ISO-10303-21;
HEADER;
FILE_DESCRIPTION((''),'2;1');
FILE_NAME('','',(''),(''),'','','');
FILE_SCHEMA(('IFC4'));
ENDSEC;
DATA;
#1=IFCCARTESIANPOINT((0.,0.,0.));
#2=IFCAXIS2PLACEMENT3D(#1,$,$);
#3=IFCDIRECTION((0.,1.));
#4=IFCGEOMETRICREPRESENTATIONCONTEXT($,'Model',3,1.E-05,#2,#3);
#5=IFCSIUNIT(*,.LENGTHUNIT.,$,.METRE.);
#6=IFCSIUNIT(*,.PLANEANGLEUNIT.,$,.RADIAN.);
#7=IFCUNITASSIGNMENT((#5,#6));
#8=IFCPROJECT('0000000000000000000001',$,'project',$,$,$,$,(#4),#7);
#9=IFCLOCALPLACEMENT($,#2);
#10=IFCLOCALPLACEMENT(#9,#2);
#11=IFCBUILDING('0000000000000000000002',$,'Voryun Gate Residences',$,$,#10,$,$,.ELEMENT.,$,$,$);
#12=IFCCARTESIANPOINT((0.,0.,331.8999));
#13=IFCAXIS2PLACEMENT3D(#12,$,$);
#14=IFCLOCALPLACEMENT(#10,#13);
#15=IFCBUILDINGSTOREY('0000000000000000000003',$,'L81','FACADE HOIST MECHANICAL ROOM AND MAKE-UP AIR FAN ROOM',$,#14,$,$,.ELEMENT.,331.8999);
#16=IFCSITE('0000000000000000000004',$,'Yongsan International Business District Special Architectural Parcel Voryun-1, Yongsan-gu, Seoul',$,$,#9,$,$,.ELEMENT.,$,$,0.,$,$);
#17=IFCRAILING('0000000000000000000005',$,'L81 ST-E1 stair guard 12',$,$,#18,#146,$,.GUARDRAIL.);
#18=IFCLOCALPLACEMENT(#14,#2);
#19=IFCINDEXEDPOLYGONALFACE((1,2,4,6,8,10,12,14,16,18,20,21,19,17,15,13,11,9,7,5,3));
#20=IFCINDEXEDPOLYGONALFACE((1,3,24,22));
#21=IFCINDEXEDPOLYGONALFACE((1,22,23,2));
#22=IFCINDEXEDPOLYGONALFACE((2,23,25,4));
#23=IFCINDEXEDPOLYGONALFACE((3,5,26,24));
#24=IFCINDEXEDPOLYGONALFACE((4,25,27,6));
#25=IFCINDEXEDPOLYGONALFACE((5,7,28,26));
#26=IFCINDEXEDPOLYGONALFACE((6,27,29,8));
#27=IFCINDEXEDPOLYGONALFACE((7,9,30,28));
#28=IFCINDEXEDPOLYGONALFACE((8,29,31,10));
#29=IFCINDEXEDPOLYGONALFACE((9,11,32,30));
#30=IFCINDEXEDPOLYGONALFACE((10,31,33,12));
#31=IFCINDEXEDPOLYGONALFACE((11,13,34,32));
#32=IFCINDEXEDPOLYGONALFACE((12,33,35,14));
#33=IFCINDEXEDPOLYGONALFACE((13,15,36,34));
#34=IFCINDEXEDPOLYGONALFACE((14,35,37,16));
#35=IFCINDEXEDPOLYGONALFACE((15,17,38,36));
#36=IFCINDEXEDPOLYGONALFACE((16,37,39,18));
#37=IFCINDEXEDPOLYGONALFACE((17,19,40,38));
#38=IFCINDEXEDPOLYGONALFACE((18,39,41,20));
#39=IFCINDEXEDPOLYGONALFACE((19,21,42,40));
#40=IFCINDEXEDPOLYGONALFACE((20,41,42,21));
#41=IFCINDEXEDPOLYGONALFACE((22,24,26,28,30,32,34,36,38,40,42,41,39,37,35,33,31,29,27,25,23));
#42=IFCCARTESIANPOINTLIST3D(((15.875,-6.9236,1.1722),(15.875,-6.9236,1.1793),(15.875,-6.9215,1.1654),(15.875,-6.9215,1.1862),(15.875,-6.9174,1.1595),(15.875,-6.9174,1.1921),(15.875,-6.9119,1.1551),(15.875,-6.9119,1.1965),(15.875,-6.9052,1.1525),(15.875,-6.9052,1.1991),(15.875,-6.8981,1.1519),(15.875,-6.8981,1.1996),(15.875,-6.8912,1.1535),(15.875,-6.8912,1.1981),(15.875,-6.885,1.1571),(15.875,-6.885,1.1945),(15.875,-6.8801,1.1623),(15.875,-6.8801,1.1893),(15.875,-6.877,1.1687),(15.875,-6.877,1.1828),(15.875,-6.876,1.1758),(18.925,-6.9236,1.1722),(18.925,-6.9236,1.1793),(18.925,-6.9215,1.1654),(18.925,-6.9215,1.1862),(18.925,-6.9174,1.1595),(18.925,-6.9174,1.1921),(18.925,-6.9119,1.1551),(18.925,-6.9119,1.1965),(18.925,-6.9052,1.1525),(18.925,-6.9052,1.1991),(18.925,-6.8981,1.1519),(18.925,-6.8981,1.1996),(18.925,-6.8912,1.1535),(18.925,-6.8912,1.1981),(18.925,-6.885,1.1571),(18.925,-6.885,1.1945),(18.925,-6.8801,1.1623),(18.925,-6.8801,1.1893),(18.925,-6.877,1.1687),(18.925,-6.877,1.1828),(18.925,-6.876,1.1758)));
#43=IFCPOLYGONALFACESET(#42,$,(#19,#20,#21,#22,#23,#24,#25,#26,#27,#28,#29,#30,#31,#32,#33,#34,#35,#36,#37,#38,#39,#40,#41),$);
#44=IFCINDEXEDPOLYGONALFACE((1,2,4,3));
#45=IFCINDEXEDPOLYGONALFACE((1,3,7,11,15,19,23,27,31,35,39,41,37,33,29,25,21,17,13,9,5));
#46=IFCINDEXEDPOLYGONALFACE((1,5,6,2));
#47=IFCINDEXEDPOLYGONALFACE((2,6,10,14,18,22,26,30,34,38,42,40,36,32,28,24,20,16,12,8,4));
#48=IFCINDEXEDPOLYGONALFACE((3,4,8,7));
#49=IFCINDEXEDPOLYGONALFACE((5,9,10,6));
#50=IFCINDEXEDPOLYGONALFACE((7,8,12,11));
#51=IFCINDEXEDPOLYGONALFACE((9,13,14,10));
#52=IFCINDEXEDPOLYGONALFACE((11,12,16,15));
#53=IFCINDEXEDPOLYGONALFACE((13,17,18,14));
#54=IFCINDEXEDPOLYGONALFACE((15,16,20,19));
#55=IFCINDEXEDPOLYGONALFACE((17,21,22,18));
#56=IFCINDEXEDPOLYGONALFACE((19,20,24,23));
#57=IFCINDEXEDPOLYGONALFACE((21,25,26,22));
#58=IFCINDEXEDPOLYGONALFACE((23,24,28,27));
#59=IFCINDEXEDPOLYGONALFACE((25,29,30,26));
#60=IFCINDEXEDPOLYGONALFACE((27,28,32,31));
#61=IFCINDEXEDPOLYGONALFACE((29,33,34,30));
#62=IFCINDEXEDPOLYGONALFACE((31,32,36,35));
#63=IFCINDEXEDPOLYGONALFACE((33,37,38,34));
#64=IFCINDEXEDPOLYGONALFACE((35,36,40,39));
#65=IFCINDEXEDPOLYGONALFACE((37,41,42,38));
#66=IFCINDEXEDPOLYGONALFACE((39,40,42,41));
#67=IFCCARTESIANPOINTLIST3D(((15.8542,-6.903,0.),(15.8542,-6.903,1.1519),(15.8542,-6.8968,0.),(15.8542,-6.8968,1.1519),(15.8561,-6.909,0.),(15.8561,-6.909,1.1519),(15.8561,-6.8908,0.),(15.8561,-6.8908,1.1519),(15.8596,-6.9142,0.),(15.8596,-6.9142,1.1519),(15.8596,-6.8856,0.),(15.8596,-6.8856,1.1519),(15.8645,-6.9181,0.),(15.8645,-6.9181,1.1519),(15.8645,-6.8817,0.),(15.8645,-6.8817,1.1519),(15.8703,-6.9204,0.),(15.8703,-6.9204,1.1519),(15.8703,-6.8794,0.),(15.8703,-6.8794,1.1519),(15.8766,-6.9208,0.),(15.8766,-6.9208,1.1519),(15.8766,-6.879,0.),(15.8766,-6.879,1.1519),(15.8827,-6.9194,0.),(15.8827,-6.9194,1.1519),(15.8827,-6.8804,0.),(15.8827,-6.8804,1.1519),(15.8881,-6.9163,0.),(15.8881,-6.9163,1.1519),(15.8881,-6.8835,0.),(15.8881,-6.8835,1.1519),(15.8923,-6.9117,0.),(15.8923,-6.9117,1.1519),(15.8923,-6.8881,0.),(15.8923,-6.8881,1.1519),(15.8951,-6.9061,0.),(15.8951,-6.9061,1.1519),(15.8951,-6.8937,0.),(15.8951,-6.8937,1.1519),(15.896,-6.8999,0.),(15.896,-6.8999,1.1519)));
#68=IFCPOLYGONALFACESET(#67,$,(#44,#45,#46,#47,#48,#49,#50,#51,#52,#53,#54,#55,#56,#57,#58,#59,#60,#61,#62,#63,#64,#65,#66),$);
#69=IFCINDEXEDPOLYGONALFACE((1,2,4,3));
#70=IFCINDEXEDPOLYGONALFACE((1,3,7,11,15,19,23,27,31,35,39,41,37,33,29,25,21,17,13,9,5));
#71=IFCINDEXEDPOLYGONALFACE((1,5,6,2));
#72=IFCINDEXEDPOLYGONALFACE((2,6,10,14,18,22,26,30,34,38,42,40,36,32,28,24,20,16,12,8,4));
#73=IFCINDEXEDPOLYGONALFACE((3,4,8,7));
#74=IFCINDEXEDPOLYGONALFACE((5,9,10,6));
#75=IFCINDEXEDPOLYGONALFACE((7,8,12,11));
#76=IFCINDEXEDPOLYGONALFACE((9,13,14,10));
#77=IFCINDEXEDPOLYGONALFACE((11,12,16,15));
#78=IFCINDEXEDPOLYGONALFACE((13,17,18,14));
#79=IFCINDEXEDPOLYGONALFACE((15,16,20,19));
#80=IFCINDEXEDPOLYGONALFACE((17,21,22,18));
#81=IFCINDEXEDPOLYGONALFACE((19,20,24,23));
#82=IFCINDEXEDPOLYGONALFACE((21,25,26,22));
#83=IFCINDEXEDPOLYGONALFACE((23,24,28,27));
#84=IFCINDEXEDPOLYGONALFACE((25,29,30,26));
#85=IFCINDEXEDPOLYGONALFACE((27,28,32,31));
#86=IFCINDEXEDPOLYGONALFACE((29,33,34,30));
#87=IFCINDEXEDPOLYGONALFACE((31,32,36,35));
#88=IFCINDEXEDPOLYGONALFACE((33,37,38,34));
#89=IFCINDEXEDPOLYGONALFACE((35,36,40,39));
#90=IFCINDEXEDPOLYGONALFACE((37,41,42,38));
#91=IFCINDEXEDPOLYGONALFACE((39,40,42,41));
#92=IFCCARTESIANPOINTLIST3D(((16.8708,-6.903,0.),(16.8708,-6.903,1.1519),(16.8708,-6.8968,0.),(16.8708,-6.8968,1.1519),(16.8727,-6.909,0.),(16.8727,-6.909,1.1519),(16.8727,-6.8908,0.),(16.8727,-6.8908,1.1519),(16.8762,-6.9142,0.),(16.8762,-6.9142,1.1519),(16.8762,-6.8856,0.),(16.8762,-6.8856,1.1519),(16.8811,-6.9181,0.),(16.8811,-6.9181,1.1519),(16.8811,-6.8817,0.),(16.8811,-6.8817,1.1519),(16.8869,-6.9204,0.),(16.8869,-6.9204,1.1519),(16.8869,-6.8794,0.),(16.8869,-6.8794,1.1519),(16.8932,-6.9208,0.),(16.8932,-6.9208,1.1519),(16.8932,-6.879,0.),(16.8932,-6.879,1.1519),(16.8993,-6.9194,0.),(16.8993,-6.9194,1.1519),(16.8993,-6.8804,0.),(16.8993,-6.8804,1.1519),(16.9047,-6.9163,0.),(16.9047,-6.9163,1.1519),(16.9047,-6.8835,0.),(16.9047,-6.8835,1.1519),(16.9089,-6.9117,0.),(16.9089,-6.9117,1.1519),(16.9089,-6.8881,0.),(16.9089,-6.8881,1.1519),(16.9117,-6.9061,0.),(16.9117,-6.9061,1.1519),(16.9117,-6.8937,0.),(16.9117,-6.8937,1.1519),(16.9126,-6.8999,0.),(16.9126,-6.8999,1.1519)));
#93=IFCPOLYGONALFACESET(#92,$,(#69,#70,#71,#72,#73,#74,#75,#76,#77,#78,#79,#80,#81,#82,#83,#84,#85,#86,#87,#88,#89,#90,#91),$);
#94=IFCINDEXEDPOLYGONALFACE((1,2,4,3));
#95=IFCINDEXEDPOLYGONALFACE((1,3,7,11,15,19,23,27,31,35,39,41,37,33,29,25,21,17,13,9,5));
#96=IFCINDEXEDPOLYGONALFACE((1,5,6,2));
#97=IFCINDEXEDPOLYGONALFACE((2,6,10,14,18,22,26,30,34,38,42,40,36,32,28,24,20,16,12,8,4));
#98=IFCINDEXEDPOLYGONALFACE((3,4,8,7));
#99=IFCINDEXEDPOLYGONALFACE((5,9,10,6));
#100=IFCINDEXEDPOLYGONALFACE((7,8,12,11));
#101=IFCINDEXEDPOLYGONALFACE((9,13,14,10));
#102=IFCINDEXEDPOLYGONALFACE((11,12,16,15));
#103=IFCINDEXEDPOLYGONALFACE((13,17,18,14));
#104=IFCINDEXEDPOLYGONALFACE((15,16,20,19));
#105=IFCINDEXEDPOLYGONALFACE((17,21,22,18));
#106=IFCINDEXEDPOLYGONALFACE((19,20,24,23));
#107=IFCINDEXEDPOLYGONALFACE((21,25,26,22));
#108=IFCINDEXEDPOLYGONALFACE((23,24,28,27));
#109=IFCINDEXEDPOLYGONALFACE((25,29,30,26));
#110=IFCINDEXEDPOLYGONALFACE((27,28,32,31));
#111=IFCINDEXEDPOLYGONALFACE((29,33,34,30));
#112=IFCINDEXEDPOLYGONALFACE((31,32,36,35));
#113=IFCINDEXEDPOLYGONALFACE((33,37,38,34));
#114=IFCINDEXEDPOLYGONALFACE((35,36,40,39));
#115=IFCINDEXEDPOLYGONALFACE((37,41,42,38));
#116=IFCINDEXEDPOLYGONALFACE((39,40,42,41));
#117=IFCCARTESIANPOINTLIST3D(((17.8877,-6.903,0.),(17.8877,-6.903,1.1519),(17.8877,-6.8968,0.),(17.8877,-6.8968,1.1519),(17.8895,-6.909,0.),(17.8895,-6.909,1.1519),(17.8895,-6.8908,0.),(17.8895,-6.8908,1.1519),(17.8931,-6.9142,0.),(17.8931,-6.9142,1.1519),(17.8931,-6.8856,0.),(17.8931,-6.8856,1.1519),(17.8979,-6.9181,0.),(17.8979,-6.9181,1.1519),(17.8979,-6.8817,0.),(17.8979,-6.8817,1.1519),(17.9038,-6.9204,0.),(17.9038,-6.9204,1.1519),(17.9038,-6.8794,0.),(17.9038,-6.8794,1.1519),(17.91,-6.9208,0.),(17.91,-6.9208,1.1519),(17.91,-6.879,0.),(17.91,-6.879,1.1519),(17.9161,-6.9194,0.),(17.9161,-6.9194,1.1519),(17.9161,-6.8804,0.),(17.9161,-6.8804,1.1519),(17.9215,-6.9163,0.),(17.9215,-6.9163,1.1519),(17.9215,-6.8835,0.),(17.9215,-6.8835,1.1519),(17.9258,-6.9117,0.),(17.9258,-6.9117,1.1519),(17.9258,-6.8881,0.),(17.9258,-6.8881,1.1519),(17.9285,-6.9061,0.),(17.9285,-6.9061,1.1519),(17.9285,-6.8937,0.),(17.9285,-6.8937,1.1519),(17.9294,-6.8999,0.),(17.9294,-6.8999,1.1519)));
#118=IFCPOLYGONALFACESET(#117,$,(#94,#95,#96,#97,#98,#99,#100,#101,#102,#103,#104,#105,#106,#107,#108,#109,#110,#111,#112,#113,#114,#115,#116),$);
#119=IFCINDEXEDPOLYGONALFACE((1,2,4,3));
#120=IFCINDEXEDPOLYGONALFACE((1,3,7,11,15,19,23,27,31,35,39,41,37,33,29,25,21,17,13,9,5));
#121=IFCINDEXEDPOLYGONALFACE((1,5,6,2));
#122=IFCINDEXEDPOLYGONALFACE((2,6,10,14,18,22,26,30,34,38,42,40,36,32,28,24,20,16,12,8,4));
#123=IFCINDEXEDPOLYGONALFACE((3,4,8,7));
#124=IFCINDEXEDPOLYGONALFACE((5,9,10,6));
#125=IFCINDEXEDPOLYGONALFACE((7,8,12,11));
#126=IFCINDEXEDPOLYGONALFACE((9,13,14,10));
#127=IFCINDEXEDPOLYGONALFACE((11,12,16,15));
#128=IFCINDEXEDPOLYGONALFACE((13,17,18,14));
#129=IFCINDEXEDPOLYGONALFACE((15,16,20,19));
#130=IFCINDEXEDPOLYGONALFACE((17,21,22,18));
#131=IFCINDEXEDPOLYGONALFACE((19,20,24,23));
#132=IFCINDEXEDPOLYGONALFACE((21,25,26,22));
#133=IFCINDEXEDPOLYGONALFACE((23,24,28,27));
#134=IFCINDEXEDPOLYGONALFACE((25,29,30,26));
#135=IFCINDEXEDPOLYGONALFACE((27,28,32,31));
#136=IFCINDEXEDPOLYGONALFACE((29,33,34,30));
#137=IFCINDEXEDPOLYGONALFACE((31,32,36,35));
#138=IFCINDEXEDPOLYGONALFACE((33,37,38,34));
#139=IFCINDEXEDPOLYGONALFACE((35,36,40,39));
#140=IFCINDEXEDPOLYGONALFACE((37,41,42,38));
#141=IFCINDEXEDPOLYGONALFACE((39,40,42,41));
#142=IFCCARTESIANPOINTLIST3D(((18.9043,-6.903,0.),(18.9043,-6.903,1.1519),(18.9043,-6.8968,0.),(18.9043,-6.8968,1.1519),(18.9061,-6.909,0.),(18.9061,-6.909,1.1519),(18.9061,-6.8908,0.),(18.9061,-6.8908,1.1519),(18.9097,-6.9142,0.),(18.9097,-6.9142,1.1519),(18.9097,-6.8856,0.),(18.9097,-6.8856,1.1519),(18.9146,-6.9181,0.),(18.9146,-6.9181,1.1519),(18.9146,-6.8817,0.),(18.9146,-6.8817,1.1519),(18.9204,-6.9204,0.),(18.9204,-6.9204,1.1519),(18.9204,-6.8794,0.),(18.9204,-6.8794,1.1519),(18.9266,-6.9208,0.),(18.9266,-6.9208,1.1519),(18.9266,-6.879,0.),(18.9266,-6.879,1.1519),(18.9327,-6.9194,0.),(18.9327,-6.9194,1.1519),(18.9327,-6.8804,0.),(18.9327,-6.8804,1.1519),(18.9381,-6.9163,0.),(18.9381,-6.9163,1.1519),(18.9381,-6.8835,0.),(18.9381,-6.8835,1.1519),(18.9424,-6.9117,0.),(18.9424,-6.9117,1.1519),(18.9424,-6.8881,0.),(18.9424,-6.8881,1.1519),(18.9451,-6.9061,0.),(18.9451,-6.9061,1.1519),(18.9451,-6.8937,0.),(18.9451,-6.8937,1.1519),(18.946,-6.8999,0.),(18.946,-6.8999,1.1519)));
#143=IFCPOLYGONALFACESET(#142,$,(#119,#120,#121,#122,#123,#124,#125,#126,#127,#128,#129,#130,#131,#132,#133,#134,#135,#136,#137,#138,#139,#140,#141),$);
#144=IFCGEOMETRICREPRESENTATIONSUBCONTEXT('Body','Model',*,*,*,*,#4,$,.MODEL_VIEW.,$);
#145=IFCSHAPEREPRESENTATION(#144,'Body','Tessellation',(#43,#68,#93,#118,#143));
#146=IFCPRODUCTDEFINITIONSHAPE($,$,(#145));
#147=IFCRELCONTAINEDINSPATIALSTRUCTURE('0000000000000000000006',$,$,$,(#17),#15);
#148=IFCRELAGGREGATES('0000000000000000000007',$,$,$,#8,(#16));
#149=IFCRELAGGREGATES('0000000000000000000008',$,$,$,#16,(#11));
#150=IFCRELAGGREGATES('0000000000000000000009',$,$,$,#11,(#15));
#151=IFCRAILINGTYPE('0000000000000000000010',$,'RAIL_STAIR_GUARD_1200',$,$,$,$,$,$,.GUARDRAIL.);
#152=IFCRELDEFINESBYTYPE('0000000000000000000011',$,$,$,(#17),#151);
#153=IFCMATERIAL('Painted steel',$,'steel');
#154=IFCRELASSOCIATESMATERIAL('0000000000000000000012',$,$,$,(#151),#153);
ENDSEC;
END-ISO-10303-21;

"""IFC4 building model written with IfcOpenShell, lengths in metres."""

from ifc_helpers import new_model, si_unit, direction, frame, origin, origin_2d, place, context, subcontext, project, spatial, circle, extrude, material, type_object, element, save


model = new_model("IFC4")

# Units and contexts
model_context = context("Model", 3, precision=1e-05, world=origin(), true_north=direction((0.0, 1.0)))
body_context = subcontext(model_context, "Body", "Model", "MODEL_VIEW")
ifc_project = project(units=[si_unit("LENGTHUNIT", "METRE"), si_unit("PLANEANGLEUNIT", "RADIAN")], contexts=[model_context])

# Site, building, storey
site_placement = place(None, origin())
site = spatial("IfcSite", under=ifc_project, at=site_placement, Name="Yongsan International Business District Special Architectural Parcel Voryun-1, Yongsan-gu, Seoul", CompositionType="ELEMENT", RefElevation=0.0)
building_placement = place(site_placement, origin())
building = spatial("IfcBuilding", under=site, at=building_placement, Name="Voryun Gate Residences", CompositionType="ELEMENT")
storey_placement = place(building_placement, frame((0.0, 0.0, 331.8999)))
storey = spatial("IfcBuildingStorey", under=building, at=storey_placement, Name="L81", Description="FACADE HOIST MECHANICAL ROOM AND MAKE-UP AIR FAN ROOM", CompositionType="ELEMENT", Elevation=331.8999)

# Railing
ifc_material_1 = material(Name="Painted steel", Category="steel")
railing_type_1 = type_object("IfcRailingType", Name="RAIL_STAIR_GUARD_1200", PredefinedType="GUARDRAIL", material=ifc_material_1)
railing_1_placement = place(storey_placement, frame((15.875, -6.8999, 0.0)))
element("IfcRailing", 1, at=railing_1_placement, inside=storey, type_object=railing_type_1, Name="L81 ST-E1 stair guard 12", PredefinedType="GUARDRAIL", context=body_context, shape_type="SweptSolid", body=[
    extrude(circle(Radius=0.0239, at=origin_2d()), frame((0.0, 0.0, 1.1758), z_axis=(1.0, 0.0, 0.0), x_axis=(0.0, 1.0, 0.0)), (0.0, 0.0, 1.0), 3.05),
    extrude(circle(Radius=0.021, at=origin_2d()), origin(), (0.0, 0.0, 1.0), 1.1519),
    extrude(circle(Radius=0.021, at=origin_2d()), frame((1.0166, 0.0, 0.0)), (0.0, 0.0, 1.0), 1.1519),
    extrude(circle(Radius=0.021, at=origin_2d()), frame((2.0334, 0.0, 0.0)), (0.0, 0.0, 1.0), 1.1519),
    extrude(circle(Radius=0.021, at=origin_2d()), frame((3.05, 0.0, 0.0)), (0.0, 0.0, 1.0), 1.1519),
])

save(model, "model.ifc")
